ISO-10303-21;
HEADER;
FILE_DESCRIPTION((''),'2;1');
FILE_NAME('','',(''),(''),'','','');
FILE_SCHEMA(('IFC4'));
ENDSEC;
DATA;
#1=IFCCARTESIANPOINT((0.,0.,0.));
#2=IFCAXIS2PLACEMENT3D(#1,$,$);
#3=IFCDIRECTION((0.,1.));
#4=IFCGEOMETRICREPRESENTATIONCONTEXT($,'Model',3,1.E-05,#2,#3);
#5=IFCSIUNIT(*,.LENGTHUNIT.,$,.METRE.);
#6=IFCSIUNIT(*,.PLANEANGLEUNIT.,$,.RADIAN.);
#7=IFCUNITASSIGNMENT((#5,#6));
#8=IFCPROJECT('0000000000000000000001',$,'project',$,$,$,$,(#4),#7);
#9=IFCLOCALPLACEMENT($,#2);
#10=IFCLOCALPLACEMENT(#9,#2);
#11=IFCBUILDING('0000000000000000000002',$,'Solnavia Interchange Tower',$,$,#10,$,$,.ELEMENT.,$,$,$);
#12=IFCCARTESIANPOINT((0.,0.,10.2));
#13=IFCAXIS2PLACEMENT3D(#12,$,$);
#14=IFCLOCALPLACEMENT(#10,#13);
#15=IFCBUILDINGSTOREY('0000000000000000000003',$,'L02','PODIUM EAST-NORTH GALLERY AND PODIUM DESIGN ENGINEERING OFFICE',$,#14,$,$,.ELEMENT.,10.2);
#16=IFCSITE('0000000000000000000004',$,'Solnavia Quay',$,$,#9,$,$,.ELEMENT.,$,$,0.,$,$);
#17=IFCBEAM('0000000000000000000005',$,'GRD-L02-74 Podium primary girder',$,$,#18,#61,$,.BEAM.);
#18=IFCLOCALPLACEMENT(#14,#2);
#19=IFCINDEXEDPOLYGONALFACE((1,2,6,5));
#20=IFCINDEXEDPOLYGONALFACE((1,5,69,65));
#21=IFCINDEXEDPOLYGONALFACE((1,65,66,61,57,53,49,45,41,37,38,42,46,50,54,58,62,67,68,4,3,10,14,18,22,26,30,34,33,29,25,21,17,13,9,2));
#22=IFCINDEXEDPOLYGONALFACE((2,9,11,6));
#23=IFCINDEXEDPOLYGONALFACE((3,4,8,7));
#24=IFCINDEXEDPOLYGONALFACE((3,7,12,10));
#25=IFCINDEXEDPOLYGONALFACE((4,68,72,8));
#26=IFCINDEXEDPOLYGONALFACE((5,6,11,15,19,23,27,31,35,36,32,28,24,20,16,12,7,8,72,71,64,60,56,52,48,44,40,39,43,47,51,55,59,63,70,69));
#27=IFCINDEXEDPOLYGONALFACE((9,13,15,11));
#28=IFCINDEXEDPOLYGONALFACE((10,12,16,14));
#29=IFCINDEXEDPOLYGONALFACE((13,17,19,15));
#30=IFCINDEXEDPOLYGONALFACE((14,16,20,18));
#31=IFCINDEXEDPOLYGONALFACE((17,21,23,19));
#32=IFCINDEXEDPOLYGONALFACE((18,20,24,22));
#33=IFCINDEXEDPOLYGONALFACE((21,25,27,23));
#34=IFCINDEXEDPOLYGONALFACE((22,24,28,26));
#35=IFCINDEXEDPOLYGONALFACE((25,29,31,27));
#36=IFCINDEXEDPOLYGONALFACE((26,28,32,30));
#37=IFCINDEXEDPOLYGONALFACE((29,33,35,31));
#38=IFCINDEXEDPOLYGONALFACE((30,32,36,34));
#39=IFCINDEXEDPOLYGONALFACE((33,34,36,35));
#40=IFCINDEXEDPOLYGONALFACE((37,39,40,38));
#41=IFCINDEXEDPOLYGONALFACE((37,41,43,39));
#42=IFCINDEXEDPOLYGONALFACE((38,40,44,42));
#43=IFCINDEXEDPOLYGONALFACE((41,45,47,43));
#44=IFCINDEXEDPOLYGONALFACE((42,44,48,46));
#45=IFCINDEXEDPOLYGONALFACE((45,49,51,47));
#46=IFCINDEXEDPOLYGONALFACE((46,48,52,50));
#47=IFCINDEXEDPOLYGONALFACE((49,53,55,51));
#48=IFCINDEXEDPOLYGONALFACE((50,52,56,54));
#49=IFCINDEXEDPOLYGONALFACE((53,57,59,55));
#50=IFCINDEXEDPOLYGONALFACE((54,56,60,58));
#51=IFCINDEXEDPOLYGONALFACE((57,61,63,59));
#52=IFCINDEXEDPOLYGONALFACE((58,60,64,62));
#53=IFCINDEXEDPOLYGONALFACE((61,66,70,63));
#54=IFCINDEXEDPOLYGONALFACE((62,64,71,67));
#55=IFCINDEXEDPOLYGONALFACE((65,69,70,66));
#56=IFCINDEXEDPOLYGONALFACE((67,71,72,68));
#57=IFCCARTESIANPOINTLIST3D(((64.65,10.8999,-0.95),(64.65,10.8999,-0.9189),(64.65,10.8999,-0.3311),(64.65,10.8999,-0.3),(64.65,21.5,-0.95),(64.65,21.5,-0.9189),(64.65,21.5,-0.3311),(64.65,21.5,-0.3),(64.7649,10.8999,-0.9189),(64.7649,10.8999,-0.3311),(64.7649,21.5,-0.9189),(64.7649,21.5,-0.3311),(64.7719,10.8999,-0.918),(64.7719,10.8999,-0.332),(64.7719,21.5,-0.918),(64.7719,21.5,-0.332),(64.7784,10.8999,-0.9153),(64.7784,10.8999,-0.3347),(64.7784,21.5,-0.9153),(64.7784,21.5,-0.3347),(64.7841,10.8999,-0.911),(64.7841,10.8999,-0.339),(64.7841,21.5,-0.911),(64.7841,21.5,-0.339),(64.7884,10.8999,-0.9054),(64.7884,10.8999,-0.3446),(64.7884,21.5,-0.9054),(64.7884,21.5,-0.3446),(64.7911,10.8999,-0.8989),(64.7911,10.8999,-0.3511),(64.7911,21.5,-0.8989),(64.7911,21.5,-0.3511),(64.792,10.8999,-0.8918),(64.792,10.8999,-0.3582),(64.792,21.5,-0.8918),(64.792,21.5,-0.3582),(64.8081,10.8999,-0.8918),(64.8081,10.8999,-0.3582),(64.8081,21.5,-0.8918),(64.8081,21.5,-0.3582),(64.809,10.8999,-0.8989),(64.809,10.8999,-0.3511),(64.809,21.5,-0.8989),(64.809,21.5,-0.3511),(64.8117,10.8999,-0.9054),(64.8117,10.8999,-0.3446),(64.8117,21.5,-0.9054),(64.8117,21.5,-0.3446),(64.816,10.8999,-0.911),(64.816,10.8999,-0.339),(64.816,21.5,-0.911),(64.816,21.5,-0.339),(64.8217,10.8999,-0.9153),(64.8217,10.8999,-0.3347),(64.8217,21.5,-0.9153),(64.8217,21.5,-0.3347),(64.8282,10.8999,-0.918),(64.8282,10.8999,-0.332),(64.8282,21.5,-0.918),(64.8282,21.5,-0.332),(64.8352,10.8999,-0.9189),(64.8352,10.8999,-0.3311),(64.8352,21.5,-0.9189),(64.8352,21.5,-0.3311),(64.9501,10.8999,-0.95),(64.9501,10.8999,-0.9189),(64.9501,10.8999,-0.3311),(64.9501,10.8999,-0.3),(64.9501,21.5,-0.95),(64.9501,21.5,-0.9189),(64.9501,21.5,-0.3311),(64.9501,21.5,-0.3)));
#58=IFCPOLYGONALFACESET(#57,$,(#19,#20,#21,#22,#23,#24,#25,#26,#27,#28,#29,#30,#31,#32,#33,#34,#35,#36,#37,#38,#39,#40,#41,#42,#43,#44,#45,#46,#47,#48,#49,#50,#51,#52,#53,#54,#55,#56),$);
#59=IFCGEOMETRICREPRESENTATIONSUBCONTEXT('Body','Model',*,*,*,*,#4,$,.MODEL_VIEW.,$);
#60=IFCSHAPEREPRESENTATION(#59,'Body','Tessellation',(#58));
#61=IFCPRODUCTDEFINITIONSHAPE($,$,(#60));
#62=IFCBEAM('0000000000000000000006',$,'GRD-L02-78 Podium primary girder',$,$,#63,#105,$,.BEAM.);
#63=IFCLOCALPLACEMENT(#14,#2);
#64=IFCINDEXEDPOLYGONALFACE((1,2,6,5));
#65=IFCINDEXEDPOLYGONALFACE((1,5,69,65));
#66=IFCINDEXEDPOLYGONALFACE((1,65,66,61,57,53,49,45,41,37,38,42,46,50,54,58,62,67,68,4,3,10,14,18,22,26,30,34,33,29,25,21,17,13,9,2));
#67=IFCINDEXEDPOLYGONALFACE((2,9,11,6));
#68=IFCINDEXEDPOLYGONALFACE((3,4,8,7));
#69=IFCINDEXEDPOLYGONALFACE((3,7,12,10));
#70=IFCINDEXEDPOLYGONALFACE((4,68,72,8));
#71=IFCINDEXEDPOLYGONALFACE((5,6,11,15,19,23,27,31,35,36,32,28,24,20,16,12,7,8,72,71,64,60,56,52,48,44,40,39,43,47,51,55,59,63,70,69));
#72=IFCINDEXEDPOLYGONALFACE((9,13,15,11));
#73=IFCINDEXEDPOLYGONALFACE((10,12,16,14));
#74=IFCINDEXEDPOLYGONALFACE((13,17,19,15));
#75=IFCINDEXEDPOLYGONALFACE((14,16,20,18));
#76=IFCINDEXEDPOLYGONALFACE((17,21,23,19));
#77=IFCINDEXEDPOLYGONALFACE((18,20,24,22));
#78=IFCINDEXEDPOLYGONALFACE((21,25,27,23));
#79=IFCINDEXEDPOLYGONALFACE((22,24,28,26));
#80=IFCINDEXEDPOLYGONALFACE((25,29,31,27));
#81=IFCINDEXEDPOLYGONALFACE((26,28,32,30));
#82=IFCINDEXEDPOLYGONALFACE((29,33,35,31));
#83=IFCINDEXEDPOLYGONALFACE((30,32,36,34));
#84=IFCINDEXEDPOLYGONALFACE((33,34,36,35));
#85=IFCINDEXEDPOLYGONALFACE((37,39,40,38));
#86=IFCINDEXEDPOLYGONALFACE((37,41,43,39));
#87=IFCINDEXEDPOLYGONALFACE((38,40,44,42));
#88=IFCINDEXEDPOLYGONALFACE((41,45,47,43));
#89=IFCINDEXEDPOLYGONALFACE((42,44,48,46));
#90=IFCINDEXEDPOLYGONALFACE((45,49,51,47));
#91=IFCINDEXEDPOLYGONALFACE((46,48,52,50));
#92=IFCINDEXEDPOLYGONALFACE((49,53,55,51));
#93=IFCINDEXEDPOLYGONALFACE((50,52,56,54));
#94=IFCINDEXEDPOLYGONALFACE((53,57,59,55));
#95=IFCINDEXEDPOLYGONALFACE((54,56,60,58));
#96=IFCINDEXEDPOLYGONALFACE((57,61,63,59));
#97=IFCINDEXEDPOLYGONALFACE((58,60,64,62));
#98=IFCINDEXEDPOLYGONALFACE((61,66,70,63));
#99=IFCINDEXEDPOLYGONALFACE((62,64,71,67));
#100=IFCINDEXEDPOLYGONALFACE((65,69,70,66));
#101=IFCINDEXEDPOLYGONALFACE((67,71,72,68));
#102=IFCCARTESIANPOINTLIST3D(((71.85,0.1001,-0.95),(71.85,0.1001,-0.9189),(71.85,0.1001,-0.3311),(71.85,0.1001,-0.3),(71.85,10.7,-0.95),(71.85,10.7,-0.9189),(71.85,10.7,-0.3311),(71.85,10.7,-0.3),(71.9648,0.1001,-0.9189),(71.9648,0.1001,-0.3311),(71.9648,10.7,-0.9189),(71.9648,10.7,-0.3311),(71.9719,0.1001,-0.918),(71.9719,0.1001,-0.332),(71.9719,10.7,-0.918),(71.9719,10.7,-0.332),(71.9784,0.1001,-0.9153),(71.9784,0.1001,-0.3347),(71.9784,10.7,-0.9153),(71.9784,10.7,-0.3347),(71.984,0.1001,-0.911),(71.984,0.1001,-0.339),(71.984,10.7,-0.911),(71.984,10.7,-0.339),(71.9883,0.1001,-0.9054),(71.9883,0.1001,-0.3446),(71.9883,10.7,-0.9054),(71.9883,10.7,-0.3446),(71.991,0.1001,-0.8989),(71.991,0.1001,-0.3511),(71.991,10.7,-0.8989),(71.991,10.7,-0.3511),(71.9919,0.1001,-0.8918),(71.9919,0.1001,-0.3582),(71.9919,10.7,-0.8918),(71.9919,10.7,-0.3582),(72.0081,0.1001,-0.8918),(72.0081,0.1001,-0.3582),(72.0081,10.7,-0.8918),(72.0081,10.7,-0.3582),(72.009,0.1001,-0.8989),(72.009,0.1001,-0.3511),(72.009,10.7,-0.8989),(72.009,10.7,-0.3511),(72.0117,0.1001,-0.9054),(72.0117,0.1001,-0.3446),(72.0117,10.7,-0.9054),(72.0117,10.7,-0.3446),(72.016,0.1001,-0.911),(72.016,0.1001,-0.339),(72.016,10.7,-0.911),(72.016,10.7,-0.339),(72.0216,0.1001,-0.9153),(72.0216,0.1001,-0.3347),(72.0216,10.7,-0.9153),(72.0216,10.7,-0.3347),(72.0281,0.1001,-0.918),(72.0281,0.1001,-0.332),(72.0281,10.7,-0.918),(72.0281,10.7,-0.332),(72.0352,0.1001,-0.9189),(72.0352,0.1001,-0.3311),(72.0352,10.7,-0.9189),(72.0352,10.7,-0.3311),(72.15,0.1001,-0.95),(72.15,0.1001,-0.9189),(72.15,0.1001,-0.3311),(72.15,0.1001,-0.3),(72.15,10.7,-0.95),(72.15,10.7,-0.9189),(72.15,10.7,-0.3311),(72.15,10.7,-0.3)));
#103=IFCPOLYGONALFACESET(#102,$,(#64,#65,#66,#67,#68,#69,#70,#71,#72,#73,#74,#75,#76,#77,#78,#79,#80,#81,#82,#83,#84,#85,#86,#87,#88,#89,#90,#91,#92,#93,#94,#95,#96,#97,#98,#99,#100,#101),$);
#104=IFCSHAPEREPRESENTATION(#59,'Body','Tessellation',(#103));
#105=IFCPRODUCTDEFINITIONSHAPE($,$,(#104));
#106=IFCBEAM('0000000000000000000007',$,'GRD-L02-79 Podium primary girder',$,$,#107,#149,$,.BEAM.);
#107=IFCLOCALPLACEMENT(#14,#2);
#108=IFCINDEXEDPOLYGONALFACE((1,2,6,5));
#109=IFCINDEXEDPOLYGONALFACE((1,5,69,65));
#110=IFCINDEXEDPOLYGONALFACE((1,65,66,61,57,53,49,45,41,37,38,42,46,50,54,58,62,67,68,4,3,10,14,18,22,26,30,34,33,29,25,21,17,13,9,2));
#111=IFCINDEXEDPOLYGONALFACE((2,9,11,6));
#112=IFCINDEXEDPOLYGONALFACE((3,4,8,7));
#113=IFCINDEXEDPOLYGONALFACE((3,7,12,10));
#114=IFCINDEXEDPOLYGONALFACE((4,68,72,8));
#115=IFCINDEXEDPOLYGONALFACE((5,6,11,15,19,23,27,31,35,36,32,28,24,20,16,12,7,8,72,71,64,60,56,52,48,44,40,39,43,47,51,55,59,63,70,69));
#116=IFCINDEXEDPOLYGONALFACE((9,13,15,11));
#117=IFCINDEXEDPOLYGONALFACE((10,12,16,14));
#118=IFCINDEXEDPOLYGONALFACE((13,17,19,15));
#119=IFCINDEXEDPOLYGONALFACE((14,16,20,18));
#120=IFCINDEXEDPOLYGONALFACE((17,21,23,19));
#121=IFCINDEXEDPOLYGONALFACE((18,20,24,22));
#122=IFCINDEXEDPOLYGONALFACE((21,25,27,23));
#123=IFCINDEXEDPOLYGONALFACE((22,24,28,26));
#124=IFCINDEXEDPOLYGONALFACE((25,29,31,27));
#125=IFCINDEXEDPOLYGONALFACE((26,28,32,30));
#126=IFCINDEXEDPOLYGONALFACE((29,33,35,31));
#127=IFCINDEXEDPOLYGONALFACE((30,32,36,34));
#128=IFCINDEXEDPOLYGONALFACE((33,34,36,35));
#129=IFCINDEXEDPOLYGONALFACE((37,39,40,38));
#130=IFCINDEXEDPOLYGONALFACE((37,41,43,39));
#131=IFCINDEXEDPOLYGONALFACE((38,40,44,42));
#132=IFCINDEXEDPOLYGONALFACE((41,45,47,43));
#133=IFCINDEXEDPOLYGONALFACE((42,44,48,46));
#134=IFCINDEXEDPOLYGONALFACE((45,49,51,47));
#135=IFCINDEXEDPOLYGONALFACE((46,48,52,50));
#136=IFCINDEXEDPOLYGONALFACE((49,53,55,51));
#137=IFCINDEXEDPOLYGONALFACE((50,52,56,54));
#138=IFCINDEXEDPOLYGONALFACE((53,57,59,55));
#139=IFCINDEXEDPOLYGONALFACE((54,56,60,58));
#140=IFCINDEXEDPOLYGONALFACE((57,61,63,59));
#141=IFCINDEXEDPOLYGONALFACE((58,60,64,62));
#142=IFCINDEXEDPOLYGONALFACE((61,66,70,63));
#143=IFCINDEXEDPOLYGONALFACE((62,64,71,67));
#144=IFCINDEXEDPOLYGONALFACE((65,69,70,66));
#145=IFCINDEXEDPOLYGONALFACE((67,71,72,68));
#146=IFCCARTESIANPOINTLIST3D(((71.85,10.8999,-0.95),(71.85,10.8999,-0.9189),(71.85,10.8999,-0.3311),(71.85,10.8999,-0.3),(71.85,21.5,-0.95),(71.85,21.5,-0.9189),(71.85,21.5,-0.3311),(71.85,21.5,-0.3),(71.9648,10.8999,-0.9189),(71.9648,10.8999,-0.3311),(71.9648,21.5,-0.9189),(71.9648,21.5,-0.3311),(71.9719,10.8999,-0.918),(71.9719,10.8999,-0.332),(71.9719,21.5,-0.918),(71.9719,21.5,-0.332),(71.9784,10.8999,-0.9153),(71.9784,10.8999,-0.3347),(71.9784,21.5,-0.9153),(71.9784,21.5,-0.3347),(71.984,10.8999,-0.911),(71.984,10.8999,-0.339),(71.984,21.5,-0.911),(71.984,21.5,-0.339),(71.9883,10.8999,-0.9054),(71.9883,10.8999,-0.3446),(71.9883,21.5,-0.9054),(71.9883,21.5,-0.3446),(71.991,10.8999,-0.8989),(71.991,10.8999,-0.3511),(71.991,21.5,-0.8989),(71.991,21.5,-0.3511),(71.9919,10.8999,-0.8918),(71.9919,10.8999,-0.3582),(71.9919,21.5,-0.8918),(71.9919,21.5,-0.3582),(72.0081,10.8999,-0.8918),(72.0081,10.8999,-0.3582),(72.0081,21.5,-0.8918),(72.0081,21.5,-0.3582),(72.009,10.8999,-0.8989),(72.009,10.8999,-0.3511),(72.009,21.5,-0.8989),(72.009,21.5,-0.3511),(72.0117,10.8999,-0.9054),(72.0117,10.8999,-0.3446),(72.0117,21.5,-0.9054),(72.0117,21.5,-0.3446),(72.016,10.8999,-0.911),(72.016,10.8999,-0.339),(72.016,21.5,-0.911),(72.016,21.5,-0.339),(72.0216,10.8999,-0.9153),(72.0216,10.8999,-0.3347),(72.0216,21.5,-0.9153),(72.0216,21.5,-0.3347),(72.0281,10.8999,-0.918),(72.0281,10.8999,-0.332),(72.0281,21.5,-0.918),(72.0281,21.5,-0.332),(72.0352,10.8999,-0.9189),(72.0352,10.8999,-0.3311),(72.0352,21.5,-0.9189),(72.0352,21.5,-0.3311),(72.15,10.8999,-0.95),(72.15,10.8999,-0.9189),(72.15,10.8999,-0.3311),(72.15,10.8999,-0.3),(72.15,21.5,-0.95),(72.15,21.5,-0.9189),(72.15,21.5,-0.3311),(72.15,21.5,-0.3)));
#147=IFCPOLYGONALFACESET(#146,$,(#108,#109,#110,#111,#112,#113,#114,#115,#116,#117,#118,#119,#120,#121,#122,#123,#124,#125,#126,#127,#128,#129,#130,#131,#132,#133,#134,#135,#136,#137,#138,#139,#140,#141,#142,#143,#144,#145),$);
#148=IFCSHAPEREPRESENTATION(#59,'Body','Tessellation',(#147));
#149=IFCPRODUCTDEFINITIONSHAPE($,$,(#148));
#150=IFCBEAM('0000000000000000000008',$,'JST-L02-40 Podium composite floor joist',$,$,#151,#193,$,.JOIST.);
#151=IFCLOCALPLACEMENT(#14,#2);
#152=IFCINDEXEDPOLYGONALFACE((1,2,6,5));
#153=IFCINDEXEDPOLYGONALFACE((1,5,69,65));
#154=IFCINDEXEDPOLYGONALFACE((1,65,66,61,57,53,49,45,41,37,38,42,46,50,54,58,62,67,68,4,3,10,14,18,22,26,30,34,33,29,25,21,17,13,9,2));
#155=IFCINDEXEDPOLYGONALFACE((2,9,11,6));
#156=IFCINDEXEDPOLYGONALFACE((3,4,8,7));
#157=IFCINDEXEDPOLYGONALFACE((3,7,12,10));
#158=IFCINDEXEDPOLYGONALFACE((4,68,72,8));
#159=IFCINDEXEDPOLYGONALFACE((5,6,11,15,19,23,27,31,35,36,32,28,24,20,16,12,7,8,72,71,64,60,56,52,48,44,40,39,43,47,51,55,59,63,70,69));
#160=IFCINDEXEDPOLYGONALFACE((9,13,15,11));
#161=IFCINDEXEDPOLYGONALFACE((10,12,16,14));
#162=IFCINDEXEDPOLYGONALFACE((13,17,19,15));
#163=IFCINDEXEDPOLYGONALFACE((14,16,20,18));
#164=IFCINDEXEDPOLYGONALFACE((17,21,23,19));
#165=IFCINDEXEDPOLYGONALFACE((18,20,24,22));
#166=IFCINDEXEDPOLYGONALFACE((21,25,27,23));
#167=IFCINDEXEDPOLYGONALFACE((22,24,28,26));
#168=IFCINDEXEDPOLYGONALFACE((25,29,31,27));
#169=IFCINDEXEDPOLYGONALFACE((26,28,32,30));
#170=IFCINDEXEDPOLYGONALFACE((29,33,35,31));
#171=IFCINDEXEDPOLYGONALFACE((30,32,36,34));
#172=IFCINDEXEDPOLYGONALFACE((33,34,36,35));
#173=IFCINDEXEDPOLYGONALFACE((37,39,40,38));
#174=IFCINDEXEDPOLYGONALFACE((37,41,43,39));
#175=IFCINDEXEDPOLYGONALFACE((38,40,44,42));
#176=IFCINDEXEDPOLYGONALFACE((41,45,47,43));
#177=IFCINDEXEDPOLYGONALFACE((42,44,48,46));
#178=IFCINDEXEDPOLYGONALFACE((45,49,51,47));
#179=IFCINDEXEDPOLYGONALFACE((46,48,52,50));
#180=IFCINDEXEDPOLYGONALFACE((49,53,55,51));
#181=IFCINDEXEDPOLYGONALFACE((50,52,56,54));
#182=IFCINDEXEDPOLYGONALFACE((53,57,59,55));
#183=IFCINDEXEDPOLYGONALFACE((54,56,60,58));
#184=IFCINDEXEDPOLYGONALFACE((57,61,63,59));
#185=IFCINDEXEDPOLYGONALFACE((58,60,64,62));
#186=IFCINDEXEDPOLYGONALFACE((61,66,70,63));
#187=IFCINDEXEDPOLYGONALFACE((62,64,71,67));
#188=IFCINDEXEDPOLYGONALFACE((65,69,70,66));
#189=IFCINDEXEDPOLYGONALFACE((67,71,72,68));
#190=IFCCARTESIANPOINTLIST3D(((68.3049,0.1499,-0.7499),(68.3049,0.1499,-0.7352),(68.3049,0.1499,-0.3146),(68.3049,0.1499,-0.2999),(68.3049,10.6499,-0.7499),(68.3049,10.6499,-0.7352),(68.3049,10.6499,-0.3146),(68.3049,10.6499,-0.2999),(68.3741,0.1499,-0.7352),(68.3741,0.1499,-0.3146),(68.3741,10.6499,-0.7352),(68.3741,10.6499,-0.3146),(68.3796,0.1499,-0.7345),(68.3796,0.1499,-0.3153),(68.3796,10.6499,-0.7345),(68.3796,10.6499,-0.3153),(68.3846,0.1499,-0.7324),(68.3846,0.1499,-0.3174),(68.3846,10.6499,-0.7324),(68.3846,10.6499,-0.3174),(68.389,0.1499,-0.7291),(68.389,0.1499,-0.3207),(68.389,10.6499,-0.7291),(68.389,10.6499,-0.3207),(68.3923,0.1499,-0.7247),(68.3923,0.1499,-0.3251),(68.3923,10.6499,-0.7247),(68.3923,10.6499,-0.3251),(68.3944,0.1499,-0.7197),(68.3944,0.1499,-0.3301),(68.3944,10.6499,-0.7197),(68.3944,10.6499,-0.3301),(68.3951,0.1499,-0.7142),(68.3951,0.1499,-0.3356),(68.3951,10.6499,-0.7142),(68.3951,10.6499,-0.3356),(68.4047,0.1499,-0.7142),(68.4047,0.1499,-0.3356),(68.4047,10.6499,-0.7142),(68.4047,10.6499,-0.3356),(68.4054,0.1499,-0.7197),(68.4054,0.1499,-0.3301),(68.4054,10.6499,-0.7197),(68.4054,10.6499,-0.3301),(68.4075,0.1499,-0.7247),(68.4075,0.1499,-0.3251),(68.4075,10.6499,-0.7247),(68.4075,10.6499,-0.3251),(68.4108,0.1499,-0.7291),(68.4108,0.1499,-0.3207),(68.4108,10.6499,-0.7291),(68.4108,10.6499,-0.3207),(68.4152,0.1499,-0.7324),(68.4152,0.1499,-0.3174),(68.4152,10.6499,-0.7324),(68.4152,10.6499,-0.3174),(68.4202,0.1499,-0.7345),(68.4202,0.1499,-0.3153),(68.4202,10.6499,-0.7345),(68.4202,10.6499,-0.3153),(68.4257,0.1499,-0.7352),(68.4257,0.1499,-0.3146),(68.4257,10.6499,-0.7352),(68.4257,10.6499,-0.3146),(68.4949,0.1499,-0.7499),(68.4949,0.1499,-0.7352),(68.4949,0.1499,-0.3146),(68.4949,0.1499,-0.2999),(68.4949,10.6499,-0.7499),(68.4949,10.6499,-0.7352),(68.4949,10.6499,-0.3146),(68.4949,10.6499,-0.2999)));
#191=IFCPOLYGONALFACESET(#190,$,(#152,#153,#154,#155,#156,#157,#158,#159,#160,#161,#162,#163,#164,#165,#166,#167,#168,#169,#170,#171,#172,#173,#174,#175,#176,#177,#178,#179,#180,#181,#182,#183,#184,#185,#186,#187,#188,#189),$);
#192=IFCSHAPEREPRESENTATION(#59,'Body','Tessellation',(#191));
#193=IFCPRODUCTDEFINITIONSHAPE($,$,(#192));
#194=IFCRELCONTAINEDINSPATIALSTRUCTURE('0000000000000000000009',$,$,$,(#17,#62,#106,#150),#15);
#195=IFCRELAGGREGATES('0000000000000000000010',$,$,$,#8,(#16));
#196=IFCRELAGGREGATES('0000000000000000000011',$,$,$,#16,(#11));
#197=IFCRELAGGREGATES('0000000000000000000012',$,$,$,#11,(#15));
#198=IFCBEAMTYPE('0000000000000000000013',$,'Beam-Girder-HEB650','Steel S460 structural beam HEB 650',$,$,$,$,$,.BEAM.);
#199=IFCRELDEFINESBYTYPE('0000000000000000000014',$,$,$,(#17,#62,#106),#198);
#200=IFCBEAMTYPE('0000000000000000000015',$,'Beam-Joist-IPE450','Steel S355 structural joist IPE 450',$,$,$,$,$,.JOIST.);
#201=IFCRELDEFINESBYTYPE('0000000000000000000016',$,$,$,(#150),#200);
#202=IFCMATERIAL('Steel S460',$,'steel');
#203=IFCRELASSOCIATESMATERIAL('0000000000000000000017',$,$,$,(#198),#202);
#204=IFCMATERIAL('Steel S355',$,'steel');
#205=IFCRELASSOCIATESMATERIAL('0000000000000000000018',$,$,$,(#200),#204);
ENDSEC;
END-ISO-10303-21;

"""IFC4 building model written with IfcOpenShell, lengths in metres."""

from ifc_helpers import new_model, si_unit, direction, frame, origin, origin_2d, place, context, subcontext, project, spatial, i_section, extrude, material, material_profile, profile_set, type_object, element, save


model = new_model("IFC4")

# Units and contexts
model_context = context("Model", 3, precision=1e-05, world=origin(), true_north=direction((0.0, 1.0)))
body_context = subcontext(model_context, "Body", "Model", "MODEL_VIEW")
ifc_project = project(units=[si_unit("LENGTHUNIT", "METRE"), si_unit("PLANEANGLEUNIT", "RADIAN")], contexts=[model_context])

# Site, building, storey
site_placement = place(None, origin())
site = spatial("IfcSite", under=ifc_project, at=site_placement, Name="Solnavia Quay", CompositionType="ELEMENT", RefElevation=0.0)
building_placement = place(site_placement, origin())
building = spatial("IfcBuilding", under=site, at=building_placement, Name="Solnavia Interchange Tower", CompositionType="ELEMENT")
storey_placement = place(building_placement, frame((0.0, 0.0, 10.2)))
storey = spatial("IfcBuildingStorey", under=building, at=storey_placement, Name="L02", Description="PODIUM EAST-NORTH GALLERY AND PODIUM DESIGN ENGINEERING OFFICE", CompositionType="ELEMENT", Elevation=10.2)

# Beams
ifc_material_1 = material(Name="Steel S460", Category="steel")
ifc_material_profile_1 = material_profile(ifc_material_1, i_section(OverallWidth=0.3, OverallDepth=0.6499, WebThickness=0.0161, FlangeThickness=0.031, FilletRadius=0.0271, at=origin_2d()), Name="HEB 650")
ifc_profile_set_1 = profile_set([ifc_material_profile_1], Name="Steel S460")
beam_type_1 = type_object("IfcBeamType", Name="Beam-Girder-HEB650", Description="Steel S460 structural beam HEB 650", PredefinedType="BEAM", material=ifc_profile_set_1)
beam_1_placement = place(storey_placement, frame((64.8, 10.8999, -0.625), z_axis=(0.0, 1.0, 0.0), x_axis=(-1.0, 0.0, 0.0)))
element("IfcBeam", 1, at=beam_1_placement, inside=storey, type_object=beam_type_1, Name="GRD-L02-74 Podium primary girder", PredefinedType="BEAM", context=body_context, shape_type="SweptSolid", body=[
    extrude(i_section(OverallWidth=0.3, OverallDepth=0.6499, WebThickness=0.0161, FlangeThickness=0.031, FilletRadius=0.0271, at=origin_2d()), origin(), (0.0, 0.0, 1.0), 10.6001),
])
beam_2_placement = place(storey_placement, frame((72.0, 0.1001, -0.625), z_axis=(0.0, 1.0, 0.0), x_axis=(-1.0, 0.0, 0.0)))
element("IfcBeam", 2, at=beam_2_placement, inside=storey, type_object=beam_type_1, Name="GRD-L02-78 Podium primary girder", PredefinedType="BEAM", context=body_context, shape_type="SweptSolid", body=[
    extrude(i_section(OverallWidth=0.3, OverallDepth=0.6499, WebThickness=0.0161, FlangeThickness=0.031, FilletRadius=0.0271, at=origin_2d()), origin(), (0.0, 0.0, 1.0), 10.5999),
])
beam_3_placement = place(storey_placement, frame((72.0, 10.8999, -0.625), z_axis=(0.0, 1.0, 0.0), x_axis=(-1.0, 0.0, 0.0)))
element("IfcBeam", 3, at=beam_3_placement, inside=storey, type_object=beam_type_1, Name="GRD-L02-79 Podium primary girder", PredefinedType="BEAM", context=body_context, shape_type="SweptSolid", body=[
    extrude(i_section(OverallWidth=0.3, OverallDepth=0.6499, WebThickness=0.0161, FlangeThickness=0.031, FilletRadius=0.0271, at=origin_2d()), origin(), (0.0, 0.0, 1.0), 10.6001),
])
ifc_material_2 = material(Name="Steel S355", Category="steel")
ifc_material_profile_2 = material_profile(ifc_material_2, i_section(OverallWidth=0.1899, OverallDepth=0.45, WebThickness=0.0095, FlangeThickness=0.0146, FilletRadius=0.021, at=origin_2d()), Name="IPE 450")
ifc_profile_set_2 = profile_set([ifc_material_profile_2], Name="Steel S355")
beam_type_2 = type_object("IfcBeamType", Name="Beam-Joist-IPE450", Description="Steel S355 structural joist IPE 450", PredefinedType="JOIST", material=ifc_profile_set_2)
for number, where, z_axis, x_axis, name in (
    (4, (68.3999, 0.1499, -0.5249), (0.0, 1.0, 0.0), (-1.0, 0.0, 0.0), "JST-L02-40 Podium composite floor joist"),
):
    element("IfcBeam", number, at=place(storey_placement, frame(where, z_axis=z_axis, x_axis=x_axis)), inside=storey, type_object=beam_type_2, Name=name, PredefinedType="JOIST", context=body_context, shape_type="SweptSolid", body=[
        extrude(i_section(OverallWidth=0.1899, OverallDepth=0.45, WebThickness=0.0095, FlangeThickness=0.0146, FilletRadius=0.021, at=origin_2d()), origin(), (0.0, 0.0, 1.0), 10.5),
    ])

save(model, "model.ifc")
